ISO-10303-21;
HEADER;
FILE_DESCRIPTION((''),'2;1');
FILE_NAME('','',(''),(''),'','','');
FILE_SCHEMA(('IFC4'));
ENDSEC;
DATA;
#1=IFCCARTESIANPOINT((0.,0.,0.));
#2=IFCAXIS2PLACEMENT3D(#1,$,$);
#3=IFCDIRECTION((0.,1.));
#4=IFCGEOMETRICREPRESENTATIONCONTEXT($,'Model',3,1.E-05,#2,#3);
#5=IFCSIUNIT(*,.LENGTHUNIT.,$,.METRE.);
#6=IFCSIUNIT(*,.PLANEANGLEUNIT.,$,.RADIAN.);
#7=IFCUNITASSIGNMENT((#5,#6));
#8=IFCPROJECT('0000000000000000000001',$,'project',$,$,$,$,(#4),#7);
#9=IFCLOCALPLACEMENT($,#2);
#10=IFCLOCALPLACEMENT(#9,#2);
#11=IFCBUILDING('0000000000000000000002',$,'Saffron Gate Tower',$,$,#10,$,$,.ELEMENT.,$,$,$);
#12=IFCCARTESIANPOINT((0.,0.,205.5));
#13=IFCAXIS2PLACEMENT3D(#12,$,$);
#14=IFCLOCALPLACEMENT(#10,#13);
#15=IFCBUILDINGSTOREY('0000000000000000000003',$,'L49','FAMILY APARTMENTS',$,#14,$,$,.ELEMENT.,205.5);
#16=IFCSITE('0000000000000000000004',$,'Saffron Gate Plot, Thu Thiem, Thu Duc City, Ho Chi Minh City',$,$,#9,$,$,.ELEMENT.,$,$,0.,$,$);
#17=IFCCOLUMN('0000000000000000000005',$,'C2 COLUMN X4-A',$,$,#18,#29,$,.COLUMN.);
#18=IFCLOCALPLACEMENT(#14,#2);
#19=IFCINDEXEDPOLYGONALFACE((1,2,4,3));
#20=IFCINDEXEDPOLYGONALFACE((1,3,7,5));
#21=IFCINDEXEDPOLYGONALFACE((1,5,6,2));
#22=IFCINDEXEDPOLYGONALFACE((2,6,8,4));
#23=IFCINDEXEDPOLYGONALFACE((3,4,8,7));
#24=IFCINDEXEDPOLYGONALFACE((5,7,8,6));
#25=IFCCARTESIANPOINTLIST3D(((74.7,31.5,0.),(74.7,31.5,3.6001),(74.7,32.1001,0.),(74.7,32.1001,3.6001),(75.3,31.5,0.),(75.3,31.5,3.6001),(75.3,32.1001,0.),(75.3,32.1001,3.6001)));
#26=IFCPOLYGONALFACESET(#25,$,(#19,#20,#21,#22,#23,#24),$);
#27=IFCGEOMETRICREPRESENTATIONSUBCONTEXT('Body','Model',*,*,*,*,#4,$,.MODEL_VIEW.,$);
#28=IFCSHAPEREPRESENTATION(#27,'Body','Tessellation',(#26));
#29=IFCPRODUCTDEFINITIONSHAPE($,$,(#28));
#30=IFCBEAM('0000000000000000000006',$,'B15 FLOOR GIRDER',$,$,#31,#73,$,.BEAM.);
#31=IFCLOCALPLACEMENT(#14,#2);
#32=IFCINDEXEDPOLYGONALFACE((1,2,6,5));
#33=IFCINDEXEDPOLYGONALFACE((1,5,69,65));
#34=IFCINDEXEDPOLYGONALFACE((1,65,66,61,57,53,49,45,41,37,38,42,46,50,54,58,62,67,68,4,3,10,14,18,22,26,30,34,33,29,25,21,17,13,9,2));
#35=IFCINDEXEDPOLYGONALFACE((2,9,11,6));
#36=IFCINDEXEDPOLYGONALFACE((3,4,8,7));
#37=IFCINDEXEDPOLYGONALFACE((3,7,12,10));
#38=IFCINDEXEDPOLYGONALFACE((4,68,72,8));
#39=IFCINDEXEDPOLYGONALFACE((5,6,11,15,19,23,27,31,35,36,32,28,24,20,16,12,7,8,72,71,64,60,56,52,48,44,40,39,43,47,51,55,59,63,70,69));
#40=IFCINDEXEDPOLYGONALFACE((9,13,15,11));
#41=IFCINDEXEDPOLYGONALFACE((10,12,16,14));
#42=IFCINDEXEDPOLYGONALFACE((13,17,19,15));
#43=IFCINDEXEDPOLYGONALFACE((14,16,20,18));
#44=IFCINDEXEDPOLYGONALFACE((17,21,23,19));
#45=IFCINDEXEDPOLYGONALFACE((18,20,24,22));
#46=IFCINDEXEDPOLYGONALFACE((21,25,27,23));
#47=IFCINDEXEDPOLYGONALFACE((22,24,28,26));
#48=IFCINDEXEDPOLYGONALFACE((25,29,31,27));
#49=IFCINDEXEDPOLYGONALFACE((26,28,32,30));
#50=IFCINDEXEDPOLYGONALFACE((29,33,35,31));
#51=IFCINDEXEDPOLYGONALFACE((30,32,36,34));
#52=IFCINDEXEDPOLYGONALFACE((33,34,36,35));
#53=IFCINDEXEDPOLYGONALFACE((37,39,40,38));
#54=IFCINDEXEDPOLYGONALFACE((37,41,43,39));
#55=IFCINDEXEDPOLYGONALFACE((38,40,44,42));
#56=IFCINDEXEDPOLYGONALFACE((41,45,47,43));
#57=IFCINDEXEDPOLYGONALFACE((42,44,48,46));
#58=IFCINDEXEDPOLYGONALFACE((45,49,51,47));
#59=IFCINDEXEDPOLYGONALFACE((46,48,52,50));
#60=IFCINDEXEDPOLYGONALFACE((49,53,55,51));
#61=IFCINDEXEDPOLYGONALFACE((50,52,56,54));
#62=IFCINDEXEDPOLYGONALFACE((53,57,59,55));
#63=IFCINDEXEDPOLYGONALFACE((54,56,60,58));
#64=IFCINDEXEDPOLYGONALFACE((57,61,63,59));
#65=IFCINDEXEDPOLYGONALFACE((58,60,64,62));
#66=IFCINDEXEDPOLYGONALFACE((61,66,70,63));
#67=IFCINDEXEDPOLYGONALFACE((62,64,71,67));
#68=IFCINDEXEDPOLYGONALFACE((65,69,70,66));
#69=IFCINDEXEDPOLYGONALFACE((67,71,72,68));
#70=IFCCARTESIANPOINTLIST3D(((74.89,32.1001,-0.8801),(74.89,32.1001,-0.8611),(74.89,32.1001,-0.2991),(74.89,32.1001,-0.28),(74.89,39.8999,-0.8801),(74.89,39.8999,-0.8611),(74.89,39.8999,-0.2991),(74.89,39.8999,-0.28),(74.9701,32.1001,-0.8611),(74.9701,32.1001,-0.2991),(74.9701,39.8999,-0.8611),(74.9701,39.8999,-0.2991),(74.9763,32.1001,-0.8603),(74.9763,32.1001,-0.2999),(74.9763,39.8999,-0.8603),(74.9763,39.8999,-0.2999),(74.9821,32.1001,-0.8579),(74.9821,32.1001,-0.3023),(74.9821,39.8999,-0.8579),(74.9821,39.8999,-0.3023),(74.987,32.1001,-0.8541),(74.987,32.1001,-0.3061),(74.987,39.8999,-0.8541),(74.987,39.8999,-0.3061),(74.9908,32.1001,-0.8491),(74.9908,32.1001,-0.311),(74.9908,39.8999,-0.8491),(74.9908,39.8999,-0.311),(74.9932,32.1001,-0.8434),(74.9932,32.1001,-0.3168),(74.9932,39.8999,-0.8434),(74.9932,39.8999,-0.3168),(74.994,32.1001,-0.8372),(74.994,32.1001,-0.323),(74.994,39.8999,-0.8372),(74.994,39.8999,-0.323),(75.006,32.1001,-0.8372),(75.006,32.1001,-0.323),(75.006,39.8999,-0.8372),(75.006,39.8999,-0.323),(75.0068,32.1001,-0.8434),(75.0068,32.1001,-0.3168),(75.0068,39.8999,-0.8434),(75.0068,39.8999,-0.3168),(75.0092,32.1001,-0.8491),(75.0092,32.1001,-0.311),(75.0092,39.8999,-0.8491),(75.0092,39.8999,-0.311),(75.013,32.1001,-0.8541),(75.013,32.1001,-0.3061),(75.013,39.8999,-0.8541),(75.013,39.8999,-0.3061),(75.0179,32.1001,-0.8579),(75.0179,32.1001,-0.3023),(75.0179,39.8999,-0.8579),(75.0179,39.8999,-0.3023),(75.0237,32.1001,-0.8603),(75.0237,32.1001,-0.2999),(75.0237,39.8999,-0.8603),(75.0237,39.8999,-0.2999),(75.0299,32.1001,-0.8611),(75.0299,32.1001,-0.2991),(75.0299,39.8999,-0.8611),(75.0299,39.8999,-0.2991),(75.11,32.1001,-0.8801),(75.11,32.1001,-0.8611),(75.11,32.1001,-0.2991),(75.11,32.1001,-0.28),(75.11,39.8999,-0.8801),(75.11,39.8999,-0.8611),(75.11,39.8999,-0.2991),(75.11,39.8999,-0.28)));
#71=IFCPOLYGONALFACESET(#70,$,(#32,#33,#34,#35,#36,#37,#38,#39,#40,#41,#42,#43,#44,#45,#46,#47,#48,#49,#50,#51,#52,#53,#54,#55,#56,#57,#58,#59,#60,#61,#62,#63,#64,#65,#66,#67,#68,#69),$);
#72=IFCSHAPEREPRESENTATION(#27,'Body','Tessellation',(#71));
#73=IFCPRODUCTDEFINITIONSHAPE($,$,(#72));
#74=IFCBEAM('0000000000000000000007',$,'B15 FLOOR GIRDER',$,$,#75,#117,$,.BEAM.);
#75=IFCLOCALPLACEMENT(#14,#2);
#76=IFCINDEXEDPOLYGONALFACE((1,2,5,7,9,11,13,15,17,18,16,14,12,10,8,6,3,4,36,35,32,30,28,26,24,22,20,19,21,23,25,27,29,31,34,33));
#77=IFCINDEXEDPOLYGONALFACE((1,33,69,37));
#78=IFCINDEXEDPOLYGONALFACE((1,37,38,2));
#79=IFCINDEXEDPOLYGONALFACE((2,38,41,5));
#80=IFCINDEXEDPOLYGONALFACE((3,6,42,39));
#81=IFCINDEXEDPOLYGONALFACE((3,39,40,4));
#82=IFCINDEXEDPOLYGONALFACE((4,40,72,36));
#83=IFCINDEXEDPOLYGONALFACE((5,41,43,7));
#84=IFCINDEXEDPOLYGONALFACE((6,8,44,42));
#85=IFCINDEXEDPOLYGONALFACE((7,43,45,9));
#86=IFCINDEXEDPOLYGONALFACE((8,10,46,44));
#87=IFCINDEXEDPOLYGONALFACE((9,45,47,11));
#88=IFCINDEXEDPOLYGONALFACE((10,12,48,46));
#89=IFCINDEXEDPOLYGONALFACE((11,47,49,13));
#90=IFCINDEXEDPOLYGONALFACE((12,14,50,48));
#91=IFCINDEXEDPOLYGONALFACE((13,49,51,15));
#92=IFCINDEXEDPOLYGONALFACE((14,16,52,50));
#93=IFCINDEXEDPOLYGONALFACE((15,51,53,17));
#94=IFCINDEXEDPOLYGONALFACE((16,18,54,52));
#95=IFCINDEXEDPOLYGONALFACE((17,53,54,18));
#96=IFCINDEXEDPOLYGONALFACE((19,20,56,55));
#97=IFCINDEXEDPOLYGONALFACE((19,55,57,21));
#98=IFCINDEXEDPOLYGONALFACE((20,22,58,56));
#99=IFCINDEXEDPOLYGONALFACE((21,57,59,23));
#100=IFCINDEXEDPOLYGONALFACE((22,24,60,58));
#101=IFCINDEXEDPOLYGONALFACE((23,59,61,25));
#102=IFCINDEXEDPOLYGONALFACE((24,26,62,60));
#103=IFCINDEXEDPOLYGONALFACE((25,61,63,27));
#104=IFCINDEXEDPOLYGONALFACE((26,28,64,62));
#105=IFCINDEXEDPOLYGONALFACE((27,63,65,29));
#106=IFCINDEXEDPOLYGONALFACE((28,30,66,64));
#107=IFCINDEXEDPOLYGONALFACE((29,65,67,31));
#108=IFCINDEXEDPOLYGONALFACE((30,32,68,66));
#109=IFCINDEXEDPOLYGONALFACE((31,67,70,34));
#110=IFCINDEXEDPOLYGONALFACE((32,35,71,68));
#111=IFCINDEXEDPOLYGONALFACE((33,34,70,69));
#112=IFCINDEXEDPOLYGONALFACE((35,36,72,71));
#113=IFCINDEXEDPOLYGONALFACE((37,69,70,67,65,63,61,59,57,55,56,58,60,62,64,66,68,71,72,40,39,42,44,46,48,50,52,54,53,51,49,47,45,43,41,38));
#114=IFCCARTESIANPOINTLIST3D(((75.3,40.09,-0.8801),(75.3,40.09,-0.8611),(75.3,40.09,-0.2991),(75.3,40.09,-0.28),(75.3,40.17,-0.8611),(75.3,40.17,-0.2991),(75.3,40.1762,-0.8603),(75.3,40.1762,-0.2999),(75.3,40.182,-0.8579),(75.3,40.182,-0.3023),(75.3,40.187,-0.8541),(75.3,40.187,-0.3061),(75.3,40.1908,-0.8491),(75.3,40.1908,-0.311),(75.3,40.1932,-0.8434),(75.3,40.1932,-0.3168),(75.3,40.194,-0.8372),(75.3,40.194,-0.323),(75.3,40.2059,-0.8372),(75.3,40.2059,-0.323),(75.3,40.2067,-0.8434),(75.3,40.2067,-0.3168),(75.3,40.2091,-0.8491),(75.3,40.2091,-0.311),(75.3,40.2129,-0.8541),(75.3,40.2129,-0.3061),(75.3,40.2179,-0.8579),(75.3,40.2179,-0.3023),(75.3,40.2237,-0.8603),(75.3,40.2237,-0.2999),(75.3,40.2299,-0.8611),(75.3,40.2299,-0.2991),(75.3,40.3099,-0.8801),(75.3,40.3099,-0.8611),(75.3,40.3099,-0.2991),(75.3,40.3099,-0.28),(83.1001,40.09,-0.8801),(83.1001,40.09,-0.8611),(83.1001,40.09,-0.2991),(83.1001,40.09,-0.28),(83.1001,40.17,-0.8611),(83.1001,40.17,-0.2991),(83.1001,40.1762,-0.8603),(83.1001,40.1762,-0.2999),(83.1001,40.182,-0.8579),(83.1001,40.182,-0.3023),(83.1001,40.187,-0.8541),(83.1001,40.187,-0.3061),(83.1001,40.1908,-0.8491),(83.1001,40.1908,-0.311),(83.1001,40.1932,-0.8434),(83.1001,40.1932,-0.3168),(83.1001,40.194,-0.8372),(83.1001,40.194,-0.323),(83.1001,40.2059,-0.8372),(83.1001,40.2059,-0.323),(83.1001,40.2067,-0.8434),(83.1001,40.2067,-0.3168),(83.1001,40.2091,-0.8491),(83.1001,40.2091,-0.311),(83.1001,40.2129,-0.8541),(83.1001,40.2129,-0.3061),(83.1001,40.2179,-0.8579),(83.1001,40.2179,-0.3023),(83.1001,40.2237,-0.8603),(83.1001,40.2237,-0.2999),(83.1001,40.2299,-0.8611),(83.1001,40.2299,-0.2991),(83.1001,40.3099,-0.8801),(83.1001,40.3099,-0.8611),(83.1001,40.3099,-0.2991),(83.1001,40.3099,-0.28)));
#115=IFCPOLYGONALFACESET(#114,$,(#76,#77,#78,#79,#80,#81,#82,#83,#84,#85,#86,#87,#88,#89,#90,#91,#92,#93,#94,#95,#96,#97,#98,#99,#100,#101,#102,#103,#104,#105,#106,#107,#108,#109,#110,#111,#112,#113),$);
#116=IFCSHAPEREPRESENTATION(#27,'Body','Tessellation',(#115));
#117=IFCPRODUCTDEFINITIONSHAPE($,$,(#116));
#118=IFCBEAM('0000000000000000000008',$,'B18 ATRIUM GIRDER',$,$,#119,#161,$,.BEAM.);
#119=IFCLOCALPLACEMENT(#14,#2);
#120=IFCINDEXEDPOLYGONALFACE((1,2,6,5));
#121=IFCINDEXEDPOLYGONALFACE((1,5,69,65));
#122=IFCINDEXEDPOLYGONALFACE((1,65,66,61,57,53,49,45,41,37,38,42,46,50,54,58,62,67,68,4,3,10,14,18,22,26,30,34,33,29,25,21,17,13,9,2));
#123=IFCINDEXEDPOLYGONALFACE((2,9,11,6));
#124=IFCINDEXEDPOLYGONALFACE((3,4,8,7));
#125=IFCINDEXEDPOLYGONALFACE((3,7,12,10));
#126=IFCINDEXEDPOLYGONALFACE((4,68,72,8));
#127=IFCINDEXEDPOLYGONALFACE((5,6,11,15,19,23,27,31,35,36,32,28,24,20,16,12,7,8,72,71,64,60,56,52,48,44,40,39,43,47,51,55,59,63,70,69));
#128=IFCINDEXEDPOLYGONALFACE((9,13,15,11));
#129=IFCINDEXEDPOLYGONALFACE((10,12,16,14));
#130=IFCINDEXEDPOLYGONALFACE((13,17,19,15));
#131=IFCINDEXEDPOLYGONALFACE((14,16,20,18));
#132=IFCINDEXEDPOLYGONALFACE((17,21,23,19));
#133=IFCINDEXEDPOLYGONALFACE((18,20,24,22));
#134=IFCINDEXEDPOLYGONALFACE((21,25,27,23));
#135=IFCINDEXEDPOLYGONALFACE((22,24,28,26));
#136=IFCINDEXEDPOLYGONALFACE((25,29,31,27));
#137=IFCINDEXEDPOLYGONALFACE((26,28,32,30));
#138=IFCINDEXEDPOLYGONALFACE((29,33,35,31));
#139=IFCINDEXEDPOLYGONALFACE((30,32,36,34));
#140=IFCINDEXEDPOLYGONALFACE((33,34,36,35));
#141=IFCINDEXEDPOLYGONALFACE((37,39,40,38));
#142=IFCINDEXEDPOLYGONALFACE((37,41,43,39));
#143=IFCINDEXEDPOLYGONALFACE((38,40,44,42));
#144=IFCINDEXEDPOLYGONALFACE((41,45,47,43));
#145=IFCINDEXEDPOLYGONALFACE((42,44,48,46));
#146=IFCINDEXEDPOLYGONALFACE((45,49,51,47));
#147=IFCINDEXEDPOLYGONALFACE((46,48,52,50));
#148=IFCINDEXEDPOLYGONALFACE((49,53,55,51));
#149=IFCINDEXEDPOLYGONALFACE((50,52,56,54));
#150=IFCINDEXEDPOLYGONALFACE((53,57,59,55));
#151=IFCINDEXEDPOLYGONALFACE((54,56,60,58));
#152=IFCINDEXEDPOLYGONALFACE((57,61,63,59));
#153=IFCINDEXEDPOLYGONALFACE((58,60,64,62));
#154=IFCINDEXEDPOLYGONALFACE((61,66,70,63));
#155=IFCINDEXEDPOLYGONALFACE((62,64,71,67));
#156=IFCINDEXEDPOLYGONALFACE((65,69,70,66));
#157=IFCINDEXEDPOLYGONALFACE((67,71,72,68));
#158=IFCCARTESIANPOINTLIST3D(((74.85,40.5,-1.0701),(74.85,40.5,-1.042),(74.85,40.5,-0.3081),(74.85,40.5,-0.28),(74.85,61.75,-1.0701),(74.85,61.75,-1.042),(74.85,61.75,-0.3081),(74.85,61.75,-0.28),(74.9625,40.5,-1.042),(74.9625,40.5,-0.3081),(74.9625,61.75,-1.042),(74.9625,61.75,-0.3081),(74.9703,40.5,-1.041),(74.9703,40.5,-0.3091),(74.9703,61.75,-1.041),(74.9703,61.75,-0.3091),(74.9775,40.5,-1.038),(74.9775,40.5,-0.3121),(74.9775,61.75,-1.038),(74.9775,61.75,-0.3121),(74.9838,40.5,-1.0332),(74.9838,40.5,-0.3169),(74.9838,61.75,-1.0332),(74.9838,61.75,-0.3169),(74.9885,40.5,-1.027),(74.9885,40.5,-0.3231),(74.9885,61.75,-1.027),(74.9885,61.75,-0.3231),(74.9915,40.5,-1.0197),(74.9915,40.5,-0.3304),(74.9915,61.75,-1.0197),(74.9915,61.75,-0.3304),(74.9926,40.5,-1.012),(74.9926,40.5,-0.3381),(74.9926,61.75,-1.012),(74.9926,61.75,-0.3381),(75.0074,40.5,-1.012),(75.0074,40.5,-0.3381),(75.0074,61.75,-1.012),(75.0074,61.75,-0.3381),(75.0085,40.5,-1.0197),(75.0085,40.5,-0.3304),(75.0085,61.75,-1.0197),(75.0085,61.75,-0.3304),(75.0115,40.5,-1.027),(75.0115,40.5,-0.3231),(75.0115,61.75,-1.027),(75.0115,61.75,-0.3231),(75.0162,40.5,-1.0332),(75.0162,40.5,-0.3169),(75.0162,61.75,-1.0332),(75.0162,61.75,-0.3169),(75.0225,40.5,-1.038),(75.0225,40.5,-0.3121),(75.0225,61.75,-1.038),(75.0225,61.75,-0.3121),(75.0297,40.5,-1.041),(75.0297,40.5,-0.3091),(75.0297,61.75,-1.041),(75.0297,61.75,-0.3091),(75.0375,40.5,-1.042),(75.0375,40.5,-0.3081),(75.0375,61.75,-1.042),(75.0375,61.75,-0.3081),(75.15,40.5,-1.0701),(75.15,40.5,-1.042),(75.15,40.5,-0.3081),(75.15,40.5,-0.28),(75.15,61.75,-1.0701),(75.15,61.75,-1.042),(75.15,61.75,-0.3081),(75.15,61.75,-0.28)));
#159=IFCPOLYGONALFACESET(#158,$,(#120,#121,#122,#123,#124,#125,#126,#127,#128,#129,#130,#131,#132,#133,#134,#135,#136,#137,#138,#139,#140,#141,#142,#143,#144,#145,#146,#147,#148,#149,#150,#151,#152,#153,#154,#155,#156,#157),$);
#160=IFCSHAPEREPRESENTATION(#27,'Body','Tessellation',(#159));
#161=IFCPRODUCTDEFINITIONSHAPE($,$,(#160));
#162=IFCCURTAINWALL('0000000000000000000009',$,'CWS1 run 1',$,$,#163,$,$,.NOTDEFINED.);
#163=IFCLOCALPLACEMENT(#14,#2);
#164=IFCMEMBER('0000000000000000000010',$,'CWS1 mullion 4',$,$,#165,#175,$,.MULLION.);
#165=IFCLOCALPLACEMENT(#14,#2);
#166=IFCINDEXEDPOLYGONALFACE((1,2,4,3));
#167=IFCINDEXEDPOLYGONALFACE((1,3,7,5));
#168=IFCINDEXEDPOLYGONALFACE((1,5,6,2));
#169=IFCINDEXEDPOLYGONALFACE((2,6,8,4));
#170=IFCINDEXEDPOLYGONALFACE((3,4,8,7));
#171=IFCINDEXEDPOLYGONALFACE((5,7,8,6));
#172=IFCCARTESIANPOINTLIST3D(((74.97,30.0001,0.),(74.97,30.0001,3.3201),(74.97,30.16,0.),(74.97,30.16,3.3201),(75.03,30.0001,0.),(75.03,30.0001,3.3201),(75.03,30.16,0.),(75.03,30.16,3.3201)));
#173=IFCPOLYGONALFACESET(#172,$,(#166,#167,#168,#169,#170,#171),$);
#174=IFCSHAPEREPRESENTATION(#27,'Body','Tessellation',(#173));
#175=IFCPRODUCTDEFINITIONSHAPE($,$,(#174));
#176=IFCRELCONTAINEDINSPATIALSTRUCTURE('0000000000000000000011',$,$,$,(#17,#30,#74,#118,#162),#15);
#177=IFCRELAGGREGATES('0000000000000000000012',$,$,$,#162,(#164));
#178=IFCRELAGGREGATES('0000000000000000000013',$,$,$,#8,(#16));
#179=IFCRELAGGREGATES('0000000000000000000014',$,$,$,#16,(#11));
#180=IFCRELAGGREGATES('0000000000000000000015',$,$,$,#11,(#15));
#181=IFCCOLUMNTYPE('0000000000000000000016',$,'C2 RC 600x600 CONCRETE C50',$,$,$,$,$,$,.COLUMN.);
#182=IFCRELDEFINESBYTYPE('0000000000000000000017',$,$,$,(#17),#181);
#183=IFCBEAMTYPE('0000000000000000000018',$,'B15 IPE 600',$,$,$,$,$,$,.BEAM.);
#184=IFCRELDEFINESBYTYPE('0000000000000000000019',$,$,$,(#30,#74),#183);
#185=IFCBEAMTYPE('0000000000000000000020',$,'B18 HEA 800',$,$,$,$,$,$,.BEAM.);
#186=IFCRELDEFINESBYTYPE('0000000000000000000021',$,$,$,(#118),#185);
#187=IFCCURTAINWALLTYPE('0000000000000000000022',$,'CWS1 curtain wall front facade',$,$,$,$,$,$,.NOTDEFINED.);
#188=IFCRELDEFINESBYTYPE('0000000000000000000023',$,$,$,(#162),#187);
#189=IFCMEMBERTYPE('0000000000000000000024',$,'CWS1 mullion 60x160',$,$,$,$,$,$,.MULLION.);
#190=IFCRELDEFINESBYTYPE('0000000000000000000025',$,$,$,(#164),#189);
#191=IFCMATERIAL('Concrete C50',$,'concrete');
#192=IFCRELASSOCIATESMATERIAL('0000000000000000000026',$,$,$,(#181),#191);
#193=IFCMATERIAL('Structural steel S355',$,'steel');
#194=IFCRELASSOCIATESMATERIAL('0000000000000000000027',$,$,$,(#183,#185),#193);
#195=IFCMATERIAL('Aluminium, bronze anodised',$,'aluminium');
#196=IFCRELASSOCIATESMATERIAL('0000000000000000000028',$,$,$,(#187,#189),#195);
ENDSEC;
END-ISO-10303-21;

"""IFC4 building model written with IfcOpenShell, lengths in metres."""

from ifc_helpers import new_model, si_unit, direction, frame, origin, origin_2d, place, context, subcontext, project, spatial, rectangle, i_section, extrude, material, material_profile, profile_set, type_object, element, aggregate, save


model = new_model("IFC4")

# Units and contexts
model_context = context("Model", 3, precision=1e-05, world=origin(), true_north=direction((0.0, 1.0)))
body_context = subcontext(model_context, "Body", "Model", "MODEL_VIEW")
ifc_project = project(units=[si_unit("LENGTHUNIT", "METRE"), si_unit("PLANEANGLEUNIT", "RADIAN")], contexts=[model_context])

# Site, building, storey
site_placement = place(None, origin())
site = spatial("IfcSite", under=ifc_project, at=site_placement, Name="Saffron Gate Plot, Thu Thiem, Thu Duc City, Ho Chi Minh City", CompositionType="ELEMENT", RefElevation=0.0)
building_placement = place(site_placement, origin())
building = spatial("IfcBuilding", under=site, at=building_placement, Name="Saffron Gate Tower", CompositionType="ELEMENT")
storey_placement = place(building_placement, frame((0.0, 0.0, 205.5)))
storey = spatial("IfcBuildingStorey", under=building, at=storey_placement, Name="L49", Description="FAMILY APARTMENTS", CompositionType="ELEMENT", Elevation=205.5)

# Column
ifc_material_1 = material(Name="Concrete C50", Category="concrete")
ifc_material_profile_1 = material_profile(ifc_material_1, rectangle(XDim=0.6001, YDim=0.6001, at=origin_2d()))
ifc_profile_set_1 = profile_set([ifc_material_profile_1], Name="Concrete C50")
column_type = type_object("IfcColumnType", Name="C2 RC 600x600 CONCRETE C50", PredefinedType="COLUMN", material=ifc_profile_set_1)
column_placement = place(storey_placement, frame((75.0, 31.8, 0.0), z_axis=(0.0, 0.0, 1.0), x_axis=(1.0, 0.0, 0.0)))
element("IfcColumn", 1, at=column_placement, inside=storey, type_object=column_type, Name="C2 COLUMN X4-A", PredefinedType="COLUMN", context=body_context, shape_type="SweptSolid", body=[
    extrude(rectangle(XDim=0.6001, YDim=0.6001, at=origin_2d()), origin(), (0.0, 0.0, 1.0), 3.6001),
])

# Beams
ifc_material_2 = material(Name="Structural steel S355", Category="steel")
ifc_material_profile_2 = material_profile(ifc_material_2, i_section(OverallWidth=0.22, OverallDepth=0.6001, WebThickness=0.012, FlangeThickness=0.019, FilletRadius=0.0239, at=origin_2d()))
ifc_profile_set_2 = profile_set([ifc_material_profile_2], Name="Structural steel S355")
beam_type_1 = type_object("IfcBeamType", Name="B15 IPE 600", PredefinedType="BEAM", material=ifc_profile_set_2)
beam_1_placement = place(storey_placement, frame((75.0, 32.1001, -0.5801), z_axis=(0.0, 1.0, 0.0), x_axis=(-1.0, 0.0, 0.0)))
element("IfcBeam", 2, at=beam_1_placement, inside=storey, type_object=beam_type_1, Name="B15 FLOOR GIRDER", PredefinedType="BEAM", context=body_context, shape_type="SweptSolid", body=[
    extrude(i_section(OverallWidth=0.22, OverallDepth=0.6001, WebThickness=0.012, FlangeThickness=0.019, FilletRadius=0.0239, at=origin_2d()), origin(), (0.0, 0.0, 1.0), 7.7998),
])
beam_2_placement = place(storey_placement, frame((75.3, 40.2, -0.5801), z_axis=(1.0, 0.0, 0.0), x_axis=(0.0, 1.0, 0.0)))
element("IfcBeam", 3, at=beam_2_placement, inside=storey, type_object=beam_type_1, Name="B15 FLOOR GIRDER", PredefinedType="BEAM", context=body_context, shape_type="SweptSolid", body=[
    extrude(i_section(OverallWidth=0.22, OverallDepth=0.6001, WebThickness=0.012, FlangeThickness=0.019, FilletRadius=0.0239, at=origin_2d()), origin(), (0.0, 0.0, 1.0), 7.8),
])
ifc_material_profile_3 = material_profile(ifc_material_2, i_section(OverallWidth=0.3, OverallDepth=0.79, WebThickness=0.0149, FlangeThickness=0.0281, FilletRadius=0.03, at=origin_2d()))
ifc_profile_set_3 = profile_set([ifc_material_profile_3], Name="Structural steel S355")
beam_type_2 = type_object("IfcBeamType", Name="B18 HEA 800", PredefinedType="BEAM", material=ifc_profile_set_3)
beam_3_placement = place(storey_placement, frame((75.0, 40.5, -0.675), z_axis=(0.0, 1.0, 0.0), x_axis=(-1.0, 0.0, 0.0)))
element("IfcBeam", 4, at=beam_3_placement, inside=storey, type_object=beam_type_2, Name="B18 ATRIUM GIRDER", PredefinedType="BEAM", context=body_context, shape_type="SweptSolid", body=[
    extrude(i_section(OverallWidth=0.3, OverallDepth=0.79, WebThickness=0.0149, FlangeThickness=0.0281, FilletRadius=0.03, at=origin_2d()), origin(), (0.0, 0.0, 1.0), 21.25),
])

# Curtain wall, member
ifc_material_3 = material(Name="Aluminium, bronze anodised", Category="aluminium")
curtain_wall_type = type_object("IfcCurtainWallType", Name="CWS1 curtain wall front facade", PredefinedType="NOTDEFINED", material=ifc_material_3)
curtain_wall_placement = place(storey_placement, origin())
curtain_wall = element("IfcCurtainWall", 5, at=curtain_wall_placement, inside=storey, type_object=curtain_wall_type, Name="CWS1 run 1", PredefinedType="NOTDEFINED")
ifc_material_profile_4 = material_profile(ifc_material_3, rectangle(XDim=0.1599, YDim=0.0601, at=origin_2d()))
ifc_profile_set_4 = profile_set([ifc_material_profile_4], Name="Aluminium, bronze anodised")
member_type = type_object("IfcMemberType", Name="CWS1 mullion 60x160", PredefinedType="MULLION", material=ifc_profile_set_4)
member_placement = place(storey_placement, frame((75.0, 30.0801, 0.0), z_axis=(0.0, 0.0, 1.0), x_axis=(0.0, 1.0, 0.0)))
member = element("IfcMember", 6, at=member_placement, type_object=member_type, Name="CWS1 mullion 4", PredefinedType="MULLION", context=body_context, shape_type="SweptSolid", body=[
    extrude(rectangle(XDim=0.1599, YDim=0.0601, at=origin_2d()), origin(), (0.0, 0.0, 1.0), 3.3201),
])
aggregate(curtain_wall, [member])

save(model, "model.ifc")
